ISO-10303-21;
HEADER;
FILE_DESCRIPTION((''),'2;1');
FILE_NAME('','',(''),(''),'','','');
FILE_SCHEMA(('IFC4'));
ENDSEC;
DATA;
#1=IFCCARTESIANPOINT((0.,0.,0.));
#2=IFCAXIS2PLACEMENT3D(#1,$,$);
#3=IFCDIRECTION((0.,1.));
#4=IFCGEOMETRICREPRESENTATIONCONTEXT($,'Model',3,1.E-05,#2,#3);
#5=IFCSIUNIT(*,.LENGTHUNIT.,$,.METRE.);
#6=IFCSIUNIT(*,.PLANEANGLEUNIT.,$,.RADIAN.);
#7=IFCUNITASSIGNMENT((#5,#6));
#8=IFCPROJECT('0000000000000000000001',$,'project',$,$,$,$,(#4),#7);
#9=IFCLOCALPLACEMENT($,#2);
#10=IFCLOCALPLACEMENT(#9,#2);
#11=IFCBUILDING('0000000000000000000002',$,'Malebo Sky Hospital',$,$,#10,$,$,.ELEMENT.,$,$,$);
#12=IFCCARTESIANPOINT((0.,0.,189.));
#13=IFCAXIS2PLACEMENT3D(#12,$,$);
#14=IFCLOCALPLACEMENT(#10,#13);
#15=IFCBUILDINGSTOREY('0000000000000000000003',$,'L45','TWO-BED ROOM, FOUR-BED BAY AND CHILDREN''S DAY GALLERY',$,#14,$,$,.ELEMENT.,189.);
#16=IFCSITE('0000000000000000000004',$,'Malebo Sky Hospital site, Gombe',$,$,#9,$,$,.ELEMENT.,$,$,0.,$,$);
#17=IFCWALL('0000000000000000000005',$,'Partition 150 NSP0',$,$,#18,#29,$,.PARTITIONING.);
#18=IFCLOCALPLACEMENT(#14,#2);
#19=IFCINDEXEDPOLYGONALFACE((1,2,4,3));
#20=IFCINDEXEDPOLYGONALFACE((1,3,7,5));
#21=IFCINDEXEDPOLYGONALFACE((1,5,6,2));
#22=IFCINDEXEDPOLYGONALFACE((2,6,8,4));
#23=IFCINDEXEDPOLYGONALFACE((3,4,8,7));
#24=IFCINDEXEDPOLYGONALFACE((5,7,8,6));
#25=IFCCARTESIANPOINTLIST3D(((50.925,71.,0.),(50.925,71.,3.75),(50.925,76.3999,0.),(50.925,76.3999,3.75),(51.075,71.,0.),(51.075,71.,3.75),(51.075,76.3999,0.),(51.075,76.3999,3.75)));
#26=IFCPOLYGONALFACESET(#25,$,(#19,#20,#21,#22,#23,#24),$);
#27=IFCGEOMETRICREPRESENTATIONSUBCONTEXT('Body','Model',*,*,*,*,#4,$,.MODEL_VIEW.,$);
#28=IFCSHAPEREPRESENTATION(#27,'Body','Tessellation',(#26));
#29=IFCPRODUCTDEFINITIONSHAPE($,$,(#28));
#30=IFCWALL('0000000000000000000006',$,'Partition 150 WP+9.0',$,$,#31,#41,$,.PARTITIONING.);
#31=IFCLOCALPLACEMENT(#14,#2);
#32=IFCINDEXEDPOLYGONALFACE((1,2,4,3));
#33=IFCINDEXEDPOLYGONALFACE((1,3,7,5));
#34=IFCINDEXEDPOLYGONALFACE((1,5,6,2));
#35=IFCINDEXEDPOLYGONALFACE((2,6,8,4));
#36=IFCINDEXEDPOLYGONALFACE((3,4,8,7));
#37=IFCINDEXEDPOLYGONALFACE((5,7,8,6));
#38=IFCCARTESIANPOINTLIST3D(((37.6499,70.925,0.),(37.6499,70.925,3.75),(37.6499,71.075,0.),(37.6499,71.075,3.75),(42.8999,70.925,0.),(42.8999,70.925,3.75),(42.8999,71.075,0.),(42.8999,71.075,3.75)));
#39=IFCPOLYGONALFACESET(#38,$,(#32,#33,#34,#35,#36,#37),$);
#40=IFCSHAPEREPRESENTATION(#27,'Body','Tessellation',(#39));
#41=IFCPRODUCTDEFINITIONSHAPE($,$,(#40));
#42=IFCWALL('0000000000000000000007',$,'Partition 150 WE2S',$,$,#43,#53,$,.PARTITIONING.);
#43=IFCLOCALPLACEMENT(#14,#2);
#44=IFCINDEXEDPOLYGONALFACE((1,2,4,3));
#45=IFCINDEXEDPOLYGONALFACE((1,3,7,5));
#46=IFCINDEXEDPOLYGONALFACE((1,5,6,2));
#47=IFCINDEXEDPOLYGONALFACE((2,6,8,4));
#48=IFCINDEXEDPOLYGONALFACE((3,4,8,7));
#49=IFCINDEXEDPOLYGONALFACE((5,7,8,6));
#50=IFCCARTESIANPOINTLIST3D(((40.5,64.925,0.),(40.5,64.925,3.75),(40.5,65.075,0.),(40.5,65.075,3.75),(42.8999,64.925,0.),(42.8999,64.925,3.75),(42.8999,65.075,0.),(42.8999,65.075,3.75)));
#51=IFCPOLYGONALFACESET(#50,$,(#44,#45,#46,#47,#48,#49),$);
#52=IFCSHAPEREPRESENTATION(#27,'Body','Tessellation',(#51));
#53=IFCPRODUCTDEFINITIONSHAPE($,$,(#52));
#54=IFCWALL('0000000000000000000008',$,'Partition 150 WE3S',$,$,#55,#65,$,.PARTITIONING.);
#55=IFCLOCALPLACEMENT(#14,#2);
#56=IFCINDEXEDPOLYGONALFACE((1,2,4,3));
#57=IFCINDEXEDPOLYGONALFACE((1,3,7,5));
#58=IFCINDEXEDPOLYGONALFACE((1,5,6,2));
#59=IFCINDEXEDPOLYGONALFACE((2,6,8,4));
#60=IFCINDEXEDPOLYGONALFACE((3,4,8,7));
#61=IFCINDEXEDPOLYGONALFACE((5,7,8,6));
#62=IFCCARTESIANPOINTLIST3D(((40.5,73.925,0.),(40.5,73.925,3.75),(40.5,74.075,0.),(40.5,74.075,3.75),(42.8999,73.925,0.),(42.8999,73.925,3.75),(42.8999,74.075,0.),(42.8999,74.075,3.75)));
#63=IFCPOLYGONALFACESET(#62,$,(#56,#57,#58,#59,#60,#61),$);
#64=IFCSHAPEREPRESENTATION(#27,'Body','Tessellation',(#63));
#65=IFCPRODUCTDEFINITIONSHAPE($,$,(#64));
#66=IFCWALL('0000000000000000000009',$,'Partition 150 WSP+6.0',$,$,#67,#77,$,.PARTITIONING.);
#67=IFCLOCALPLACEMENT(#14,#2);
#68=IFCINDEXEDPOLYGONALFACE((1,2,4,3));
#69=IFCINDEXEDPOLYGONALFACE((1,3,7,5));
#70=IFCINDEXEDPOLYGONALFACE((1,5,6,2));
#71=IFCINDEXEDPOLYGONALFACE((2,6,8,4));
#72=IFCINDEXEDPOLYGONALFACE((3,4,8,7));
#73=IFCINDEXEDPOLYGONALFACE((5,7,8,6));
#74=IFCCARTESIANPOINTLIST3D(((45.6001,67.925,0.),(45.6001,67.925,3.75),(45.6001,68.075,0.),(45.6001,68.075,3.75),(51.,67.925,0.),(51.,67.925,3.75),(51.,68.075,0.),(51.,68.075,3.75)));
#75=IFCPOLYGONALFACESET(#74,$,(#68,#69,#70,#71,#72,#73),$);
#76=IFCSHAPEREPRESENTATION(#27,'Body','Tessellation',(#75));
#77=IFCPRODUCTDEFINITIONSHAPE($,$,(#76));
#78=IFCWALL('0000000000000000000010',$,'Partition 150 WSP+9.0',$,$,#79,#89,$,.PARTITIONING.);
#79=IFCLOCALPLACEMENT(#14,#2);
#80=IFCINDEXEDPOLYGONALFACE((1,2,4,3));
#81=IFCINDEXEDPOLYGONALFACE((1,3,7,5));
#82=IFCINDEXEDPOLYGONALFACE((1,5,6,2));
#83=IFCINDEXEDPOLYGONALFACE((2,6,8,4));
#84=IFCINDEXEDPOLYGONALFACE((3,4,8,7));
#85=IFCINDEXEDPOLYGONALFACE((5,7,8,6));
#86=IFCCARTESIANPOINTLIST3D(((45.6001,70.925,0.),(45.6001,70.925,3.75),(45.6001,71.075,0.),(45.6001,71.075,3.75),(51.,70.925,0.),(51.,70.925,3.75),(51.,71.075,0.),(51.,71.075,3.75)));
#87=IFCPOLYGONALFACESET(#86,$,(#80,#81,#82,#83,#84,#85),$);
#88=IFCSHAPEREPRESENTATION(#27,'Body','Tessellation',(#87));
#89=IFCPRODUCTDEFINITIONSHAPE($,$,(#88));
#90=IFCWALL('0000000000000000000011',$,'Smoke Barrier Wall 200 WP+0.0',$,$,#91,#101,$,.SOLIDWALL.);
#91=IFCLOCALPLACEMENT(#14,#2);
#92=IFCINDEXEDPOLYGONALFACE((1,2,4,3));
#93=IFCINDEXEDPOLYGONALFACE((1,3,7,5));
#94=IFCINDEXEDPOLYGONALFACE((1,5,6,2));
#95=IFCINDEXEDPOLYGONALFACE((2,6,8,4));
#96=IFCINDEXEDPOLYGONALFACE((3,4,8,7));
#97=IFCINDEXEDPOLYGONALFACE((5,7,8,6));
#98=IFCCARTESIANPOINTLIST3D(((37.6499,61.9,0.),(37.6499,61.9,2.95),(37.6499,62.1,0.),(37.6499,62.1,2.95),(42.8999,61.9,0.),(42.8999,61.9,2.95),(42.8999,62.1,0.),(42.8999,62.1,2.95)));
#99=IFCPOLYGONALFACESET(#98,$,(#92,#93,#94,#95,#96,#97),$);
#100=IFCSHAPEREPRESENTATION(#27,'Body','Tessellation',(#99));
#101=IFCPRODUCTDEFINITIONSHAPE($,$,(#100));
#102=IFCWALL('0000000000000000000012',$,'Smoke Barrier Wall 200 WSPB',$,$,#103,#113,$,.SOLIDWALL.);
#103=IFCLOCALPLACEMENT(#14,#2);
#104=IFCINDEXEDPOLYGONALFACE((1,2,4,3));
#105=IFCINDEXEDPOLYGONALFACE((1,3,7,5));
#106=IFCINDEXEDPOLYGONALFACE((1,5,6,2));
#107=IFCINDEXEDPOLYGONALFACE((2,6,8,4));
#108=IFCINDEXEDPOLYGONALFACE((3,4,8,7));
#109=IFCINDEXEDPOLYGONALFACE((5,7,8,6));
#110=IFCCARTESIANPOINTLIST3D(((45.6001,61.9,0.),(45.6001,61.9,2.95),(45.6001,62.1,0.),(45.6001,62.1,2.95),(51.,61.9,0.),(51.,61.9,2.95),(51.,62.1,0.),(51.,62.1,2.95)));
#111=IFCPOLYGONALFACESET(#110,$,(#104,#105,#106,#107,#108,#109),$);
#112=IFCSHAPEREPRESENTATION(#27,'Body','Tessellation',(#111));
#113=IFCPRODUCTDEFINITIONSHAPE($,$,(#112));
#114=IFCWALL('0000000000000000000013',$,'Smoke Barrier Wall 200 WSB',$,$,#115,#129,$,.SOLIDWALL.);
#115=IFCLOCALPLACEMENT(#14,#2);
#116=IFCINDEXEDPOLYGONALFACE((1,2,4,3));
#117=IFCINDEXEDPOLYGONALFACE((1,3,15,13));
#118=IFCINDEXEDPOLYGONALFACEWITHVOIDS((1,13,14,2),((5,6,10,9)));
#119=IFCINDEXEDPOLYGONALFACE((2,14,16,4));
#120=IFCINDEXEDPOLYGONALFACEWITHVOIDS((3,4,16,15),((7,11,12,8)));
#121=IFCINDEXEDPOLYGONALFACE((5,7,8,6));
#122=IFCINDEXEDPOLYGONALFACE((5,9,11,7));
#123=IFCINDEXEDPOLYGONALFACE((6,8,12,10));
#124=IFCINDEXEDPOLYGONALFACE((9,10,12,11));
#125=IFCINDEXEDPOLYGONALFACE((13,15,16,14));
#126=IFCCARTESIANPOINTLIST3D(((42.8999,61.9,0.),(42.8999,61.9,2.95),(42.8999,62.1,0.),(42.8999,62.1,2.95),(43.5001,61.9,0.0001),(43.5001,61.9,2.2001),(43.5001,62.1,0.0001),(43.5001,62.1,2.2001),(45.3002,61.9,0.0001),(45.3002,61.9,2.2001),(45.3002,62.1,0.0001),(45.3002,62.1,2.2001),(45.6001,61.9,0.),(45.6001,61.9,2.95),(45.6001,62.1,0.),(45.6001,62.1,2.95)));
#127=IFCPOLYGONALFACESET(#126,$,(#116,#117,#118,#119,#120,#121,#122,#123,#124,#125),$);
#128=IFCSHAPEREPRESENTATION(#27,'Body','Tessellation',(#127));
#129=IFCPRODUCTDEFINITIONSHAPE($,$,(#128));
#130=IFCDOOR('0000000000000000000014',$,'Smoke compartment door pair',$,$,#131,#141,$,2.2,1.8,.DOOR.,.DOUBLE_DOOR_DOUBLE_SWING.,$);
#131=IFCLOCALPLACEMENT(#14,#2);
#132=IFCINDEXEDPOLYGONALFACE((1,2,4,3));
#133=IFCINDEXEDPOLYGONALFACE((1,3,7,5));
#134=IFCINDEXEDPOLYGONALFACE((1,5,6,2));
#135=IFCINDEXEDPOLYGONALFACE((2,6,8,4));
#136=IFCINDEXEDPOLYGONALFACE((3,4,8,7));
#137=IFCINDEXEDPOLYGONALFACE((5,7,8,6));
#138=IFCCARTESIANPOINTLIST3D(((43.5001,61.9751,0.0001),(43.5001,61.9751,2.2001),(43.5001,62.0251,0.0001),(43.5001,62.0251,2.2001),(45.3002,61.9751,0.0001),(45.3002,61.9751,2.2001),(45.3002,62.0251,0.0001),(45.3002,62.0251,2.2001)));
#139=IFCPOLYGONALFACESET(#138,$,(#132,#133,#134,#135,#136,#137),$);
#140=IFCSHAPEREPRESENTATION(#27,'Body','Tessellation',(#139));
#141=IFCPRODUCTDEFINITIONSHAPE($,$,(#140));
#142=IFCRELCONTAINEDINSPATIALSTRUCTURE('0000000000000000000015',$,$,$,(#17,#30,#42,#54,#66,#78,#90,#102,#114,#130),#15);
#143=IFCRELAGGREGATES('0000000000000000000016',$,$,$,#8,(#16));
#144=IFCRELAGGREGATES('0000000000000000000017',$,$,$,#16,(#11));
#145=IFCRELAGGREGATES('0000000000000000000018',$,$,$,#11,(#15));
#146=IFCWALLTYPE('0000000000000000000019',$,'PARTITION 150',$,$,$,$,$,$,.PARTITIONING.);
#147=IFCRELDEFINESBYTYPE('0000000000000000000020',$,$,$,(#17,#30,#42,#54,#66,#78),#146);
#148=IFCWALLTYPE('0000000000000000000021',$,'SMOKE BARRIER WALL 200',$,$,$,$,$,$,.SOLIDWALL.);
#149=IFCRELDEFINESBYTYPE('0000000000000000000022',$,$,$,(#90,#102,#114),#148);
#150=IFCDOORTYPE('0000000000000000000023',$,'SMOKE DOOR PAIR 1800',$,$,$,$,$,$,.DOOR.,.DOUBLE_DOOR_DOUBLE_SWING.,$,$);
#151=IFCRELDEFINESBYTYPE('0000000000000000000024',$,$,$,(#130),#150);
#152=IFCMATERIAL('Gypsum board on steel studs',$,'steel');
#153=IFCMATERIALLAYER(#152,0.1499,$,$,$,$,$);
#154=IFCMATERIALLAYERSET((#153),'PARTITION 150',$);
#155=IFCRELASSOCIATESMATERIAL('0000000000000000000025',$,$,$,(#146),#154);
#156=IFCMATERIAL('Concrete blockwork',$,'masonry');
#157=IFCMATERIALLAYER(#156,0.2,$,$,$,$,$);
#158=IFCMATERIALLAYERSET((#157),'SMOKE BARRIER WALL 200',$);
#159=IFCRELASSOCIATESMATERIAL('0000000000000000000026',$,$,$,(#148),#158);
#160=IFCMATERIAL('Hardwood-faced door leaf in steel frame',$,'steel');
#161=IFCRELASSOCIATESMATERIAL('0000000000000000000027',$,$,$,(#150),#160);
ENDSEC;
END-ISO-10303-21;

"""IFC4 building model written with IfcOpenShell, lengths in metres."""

from ifc_helpers import new_model, si_unit, direction, frame, frame_2d, origin, place, context, subcontext, project, spatial, rectangle, extrude, material, layer, layer_set, type_object, element, fill, save


model = new_model("IFC4")

# Units and contexts
model_context = context("Model", 3, precision=1e-05, world=origin(), true_north=direction((0.0, 1.0)))
body_context = subcontext(model_context, "Body", "Model", "MODEL_VIEW")
ifc_project = project(units=[si_unit("LENGTHUNIT", "METRE"), si_unit("PLANEANGLEUNIT", "RADIAN")], contexts=[model_context])

# Site, building, storey
site_placement = place(None, origin())
site = spatial("IfcSite", under=ifc_project, at=site_placement, Name="Malebo Sky Hospital site, Gombe", CompositionType="ELEMENT", RefElevation=0.0)
building_placement = place(site_placement, origin())
building = spatial("IfcBuilding", under=site, at=building_placement, Name="Malebo Sky Hospital", CompositionType="ELEMENT")
storey_placement = place(building_placement, frame((0.0, 0.0, 189.0)))
storey = spatial("IfcBuildingStorey", under=building, at=storey_placement, Name="L45", Description="TWO-BED ROOM, FOUR-BED BAY AND CHILDREN'S DAY GALLERY", CompositionType="ELEMENT", Elevation=189.0)

# Shared definitions
ifc_material_1 = material(Name="Hardwood-faced door leaf in steel frame", Category="steel")

# Shared definitions
ifc_material_2 = material(Name="Gypsum board on steel studs", Category="steel")

# Walls
ifc_layer_1 = layer(ifc_material_2, 0.1499)
ifc_layer_set_1 = layer_set([ifc_layer_1], Name="PARTITION 150")
wall_type_1 = type_object("IfcWallType", Name="PARTITION 150", PredefinedType="PARTITIONING", material=ifc_layer_set_1)
wall_1_placement = place(storey_placement, frame((51.0, 71.0, 0.0), z_axis=(0.0, 0.0, 1.0), x_axis=(0.0, 1.0, 0.0)))
element("IfcWall", 1, at=wall_1_placement, inside=storey, type_object=wall_type_1, Name="Partition 150 NSP0", PredefinedType="PARTITIONING", context=body_context, shape_type="SweptSolid", body=[
    extrude(rectangle(XDim=5.3999, YDim=0.1499, at=frame_2d((2.7, 0.0))), origin(), (0.0, 0.0, 1.0), 3.75),
])
wall_2_placement = place(storey_placement, frame((42.8999, 71.0, 0.0), z_axis=(0.0, 0.0, 1.0), x_axis=(-1.0, 0.0, 0.0)))
element("IfcWall", 2, at=wall_2_placement, inside=storey, type_object=wall_type_1, Name="Partition 150 WP+9.0", PredefinedType="PARTITIONING", context=body_context, shape_type="SweptSolid", body=[
    extrude(rectangle(XDim=5.25, YDim=0.1499, at=frame_2d((2.625, 0.0))), origin(), (0.0, 0.0, 1.0), 3.75),
])
for number, where, z_axis, x_axis, name in (
    (3, (42.8999, 65.0, 0.0), (0.0, 0.0, 1.0), (-1.0, 0.0, 0.0), "Partition 150 WE2S"),
    (4, (42.8999, 74.0, 0.0), (0.0, 0.0, 1.0), (-1.0, 0.0, 0.0), "Partition 150 WE3S"),
):
    element("IfcWall", number, at=place(storey_placement, frame(where, z_axis=z_axis, x_axis=x_axis)), inside=storey, type_object=wall_type_1, Name=name, PredefinedType="PARTITIONING", context=body_context, shape_type="SweptSolid", body=[
        extrude(rectangle(XDim=2.3999, YDim=0.1499, at=frame_2d((1.2, 0.0))), origin(), (0.0, 0.0, 1.0), 3.75),
    ])
for number, where, z_axis, x_axis, name in (
    (5, (51.0, 68.0, 0.0), (0.0, 0.0, 1.0), (-1.0, 0.0, 0.0), "Partition 150 WSP+6.0"),
    (6, (51.0, 71.0, 0.0), (0.0, 0.0, 1.0), (-1.0, 0.0, 0.0), "Partition 150 WSP+9.0"),
):
    element("IfcWall", number, at=place(storey_placement, frame(where, z_axis=z_axis, x_axis=x_axis)), inside=storey, type_object=wall_type_1, Name=name, PredefinedType="PARTITIONING", context=body_context, shape_type="SweptSolid", body=[
        extrude(rectangle(XDim=5.3999, YDim=0.1499, at=frame_2d((2.7, 0.0))), origin(), (0.0, 0.0, 1.0), 3.75),
    ])
ifc_material_3 = material(Name="Concrete blockwork", Category="masonry")
ifc_layer_2 = layer(ifc_material_3, 0.2)
ifc_layer_set_2 = layer_set([ifc_layer_2], Name="SMOKE BARRIER WALL 200")
wall_type_2 = type_object("IfcWallType", Name="SMOKE BARRIER WALL 200", PredefinedType="SOLIDWALL", material=ifc_layer_set_2)
wall_3_placement = place(storey_placement, frame((42.8999, 62.0, 0.0), z_axis=(0.0, 0.0, 1.0), x_axis=(-1.0, 0.0, 0.0)))
element("IfcWall", 7, at=wall_3_placement, inside=storey, type_object=wall_type_2, Name="Smoke Barrier Wall 200 WP+0.0", PredefinedType="SOLIDWALL", context=body_context, shape_type="SweptSolid", body=[
    extrude(rectangle(XDim=5.25, YDim=0.2, at=frame_2d((2.625, 0.0))), origin(), (0.0, 0.0, 1.0), 2.95),
])
wall_4_placement = place(storey_placement, frame((51.0, 62.0, 0.0), z_axis=(0.0, 0.0, 1.0), x_axis=(-1.0, 0.0, 0.0)))
element("IfcWall", 8, at=wall_4_placement, inside=storey, type_object=wall_type_2, Name="Smoke Barrier Wall 200 WSPB", PredefinedType="SOLIDWALL", context=body_context, shape_type="SweptSolid", body=[
    extrude(rectangle(XDim=5.3999, YDim=0.2, at=frame_2d((2.7, 0.0))), origin(), (0.0, 0.0, 1.0), 2.95),
])

# Wall, opening, door
wall_5_placement = place(storey_placement, frame((45.6001, 62.0, 0.0), z_axis=(0.0, 0.0, 1.0), x_axis=(-1.0, 0.0, 0.0)))
wall_5 = element("IfcWall", 9, at=wall_5_placement, inside=storey, type_object=wall_type_2, Name="Smoke Barrier Wall 200 WSB", PredefinedType="SOLIDWALL", context=body_context, shape_type="SweptSolid", body=[
    extrude(rectangle(XDim=2.7002, YDim=0.2, at=frame_2d((1.3501, 0.0))), origin(), (0.0, 0.0, 1.0), 2.95),
])
opening_1_placement = place(wall_5_placement, frame((0.3, 0.0, 0.0)))
opening_1 = element("IfcOpeningElement", 10, at=opening_1_placement, cuts=wall_5, PredefinedType="OPENING", context=body_context, shape_type="SweptSolid", body=[
    extrude(rectangle(XDim=1.8, YDim=2.2, at=frame_2d((0.8999, 1.1001))), frame((0.0, 0.1099, 0.0), z_axis=(0.0, -1.0, 0.0), x_axis=(1.0, 0.0, 0.0)), (0.0, 0.0, 1.0), 0.22),
])
door_type_1 = type_object("IfcDoorType", Name="SMOKE DOOR PAIR 1800", OperationType="DOUBLE_DOOR_DOUBLE_SWING", PredefinedType="DOOR", material=ifc_material_1)
door_1_placement = place(opening_1_placement, origin())
door_1 = element("IfcDoor", 11, at=door_1_placement, inside=storey, type_object=door_type_1, Name="Smoke compartment door pair", OperationType="DOUBLE_DOOR_DOUBLE_SWING", OverallHeight=2.2, OverallWidth=1.8, PredefinedType="DOOR", context=body_context, shape_type="SweptSolid", body=[
    extrude(rectangle(XDim=1.8, YDim=2.2, at=frame_2d((0.8999, 1.1001))), frame((0.0, 0.0249, 0.0), z_axis=(0.0, -1.0, 0.0), x_axis=(1.0, 0.0, 0.0)), (0.0, 0.0, 1.0), 0.05),
])
fill(opening_1, door_1)

save(model, "model.ifc")
